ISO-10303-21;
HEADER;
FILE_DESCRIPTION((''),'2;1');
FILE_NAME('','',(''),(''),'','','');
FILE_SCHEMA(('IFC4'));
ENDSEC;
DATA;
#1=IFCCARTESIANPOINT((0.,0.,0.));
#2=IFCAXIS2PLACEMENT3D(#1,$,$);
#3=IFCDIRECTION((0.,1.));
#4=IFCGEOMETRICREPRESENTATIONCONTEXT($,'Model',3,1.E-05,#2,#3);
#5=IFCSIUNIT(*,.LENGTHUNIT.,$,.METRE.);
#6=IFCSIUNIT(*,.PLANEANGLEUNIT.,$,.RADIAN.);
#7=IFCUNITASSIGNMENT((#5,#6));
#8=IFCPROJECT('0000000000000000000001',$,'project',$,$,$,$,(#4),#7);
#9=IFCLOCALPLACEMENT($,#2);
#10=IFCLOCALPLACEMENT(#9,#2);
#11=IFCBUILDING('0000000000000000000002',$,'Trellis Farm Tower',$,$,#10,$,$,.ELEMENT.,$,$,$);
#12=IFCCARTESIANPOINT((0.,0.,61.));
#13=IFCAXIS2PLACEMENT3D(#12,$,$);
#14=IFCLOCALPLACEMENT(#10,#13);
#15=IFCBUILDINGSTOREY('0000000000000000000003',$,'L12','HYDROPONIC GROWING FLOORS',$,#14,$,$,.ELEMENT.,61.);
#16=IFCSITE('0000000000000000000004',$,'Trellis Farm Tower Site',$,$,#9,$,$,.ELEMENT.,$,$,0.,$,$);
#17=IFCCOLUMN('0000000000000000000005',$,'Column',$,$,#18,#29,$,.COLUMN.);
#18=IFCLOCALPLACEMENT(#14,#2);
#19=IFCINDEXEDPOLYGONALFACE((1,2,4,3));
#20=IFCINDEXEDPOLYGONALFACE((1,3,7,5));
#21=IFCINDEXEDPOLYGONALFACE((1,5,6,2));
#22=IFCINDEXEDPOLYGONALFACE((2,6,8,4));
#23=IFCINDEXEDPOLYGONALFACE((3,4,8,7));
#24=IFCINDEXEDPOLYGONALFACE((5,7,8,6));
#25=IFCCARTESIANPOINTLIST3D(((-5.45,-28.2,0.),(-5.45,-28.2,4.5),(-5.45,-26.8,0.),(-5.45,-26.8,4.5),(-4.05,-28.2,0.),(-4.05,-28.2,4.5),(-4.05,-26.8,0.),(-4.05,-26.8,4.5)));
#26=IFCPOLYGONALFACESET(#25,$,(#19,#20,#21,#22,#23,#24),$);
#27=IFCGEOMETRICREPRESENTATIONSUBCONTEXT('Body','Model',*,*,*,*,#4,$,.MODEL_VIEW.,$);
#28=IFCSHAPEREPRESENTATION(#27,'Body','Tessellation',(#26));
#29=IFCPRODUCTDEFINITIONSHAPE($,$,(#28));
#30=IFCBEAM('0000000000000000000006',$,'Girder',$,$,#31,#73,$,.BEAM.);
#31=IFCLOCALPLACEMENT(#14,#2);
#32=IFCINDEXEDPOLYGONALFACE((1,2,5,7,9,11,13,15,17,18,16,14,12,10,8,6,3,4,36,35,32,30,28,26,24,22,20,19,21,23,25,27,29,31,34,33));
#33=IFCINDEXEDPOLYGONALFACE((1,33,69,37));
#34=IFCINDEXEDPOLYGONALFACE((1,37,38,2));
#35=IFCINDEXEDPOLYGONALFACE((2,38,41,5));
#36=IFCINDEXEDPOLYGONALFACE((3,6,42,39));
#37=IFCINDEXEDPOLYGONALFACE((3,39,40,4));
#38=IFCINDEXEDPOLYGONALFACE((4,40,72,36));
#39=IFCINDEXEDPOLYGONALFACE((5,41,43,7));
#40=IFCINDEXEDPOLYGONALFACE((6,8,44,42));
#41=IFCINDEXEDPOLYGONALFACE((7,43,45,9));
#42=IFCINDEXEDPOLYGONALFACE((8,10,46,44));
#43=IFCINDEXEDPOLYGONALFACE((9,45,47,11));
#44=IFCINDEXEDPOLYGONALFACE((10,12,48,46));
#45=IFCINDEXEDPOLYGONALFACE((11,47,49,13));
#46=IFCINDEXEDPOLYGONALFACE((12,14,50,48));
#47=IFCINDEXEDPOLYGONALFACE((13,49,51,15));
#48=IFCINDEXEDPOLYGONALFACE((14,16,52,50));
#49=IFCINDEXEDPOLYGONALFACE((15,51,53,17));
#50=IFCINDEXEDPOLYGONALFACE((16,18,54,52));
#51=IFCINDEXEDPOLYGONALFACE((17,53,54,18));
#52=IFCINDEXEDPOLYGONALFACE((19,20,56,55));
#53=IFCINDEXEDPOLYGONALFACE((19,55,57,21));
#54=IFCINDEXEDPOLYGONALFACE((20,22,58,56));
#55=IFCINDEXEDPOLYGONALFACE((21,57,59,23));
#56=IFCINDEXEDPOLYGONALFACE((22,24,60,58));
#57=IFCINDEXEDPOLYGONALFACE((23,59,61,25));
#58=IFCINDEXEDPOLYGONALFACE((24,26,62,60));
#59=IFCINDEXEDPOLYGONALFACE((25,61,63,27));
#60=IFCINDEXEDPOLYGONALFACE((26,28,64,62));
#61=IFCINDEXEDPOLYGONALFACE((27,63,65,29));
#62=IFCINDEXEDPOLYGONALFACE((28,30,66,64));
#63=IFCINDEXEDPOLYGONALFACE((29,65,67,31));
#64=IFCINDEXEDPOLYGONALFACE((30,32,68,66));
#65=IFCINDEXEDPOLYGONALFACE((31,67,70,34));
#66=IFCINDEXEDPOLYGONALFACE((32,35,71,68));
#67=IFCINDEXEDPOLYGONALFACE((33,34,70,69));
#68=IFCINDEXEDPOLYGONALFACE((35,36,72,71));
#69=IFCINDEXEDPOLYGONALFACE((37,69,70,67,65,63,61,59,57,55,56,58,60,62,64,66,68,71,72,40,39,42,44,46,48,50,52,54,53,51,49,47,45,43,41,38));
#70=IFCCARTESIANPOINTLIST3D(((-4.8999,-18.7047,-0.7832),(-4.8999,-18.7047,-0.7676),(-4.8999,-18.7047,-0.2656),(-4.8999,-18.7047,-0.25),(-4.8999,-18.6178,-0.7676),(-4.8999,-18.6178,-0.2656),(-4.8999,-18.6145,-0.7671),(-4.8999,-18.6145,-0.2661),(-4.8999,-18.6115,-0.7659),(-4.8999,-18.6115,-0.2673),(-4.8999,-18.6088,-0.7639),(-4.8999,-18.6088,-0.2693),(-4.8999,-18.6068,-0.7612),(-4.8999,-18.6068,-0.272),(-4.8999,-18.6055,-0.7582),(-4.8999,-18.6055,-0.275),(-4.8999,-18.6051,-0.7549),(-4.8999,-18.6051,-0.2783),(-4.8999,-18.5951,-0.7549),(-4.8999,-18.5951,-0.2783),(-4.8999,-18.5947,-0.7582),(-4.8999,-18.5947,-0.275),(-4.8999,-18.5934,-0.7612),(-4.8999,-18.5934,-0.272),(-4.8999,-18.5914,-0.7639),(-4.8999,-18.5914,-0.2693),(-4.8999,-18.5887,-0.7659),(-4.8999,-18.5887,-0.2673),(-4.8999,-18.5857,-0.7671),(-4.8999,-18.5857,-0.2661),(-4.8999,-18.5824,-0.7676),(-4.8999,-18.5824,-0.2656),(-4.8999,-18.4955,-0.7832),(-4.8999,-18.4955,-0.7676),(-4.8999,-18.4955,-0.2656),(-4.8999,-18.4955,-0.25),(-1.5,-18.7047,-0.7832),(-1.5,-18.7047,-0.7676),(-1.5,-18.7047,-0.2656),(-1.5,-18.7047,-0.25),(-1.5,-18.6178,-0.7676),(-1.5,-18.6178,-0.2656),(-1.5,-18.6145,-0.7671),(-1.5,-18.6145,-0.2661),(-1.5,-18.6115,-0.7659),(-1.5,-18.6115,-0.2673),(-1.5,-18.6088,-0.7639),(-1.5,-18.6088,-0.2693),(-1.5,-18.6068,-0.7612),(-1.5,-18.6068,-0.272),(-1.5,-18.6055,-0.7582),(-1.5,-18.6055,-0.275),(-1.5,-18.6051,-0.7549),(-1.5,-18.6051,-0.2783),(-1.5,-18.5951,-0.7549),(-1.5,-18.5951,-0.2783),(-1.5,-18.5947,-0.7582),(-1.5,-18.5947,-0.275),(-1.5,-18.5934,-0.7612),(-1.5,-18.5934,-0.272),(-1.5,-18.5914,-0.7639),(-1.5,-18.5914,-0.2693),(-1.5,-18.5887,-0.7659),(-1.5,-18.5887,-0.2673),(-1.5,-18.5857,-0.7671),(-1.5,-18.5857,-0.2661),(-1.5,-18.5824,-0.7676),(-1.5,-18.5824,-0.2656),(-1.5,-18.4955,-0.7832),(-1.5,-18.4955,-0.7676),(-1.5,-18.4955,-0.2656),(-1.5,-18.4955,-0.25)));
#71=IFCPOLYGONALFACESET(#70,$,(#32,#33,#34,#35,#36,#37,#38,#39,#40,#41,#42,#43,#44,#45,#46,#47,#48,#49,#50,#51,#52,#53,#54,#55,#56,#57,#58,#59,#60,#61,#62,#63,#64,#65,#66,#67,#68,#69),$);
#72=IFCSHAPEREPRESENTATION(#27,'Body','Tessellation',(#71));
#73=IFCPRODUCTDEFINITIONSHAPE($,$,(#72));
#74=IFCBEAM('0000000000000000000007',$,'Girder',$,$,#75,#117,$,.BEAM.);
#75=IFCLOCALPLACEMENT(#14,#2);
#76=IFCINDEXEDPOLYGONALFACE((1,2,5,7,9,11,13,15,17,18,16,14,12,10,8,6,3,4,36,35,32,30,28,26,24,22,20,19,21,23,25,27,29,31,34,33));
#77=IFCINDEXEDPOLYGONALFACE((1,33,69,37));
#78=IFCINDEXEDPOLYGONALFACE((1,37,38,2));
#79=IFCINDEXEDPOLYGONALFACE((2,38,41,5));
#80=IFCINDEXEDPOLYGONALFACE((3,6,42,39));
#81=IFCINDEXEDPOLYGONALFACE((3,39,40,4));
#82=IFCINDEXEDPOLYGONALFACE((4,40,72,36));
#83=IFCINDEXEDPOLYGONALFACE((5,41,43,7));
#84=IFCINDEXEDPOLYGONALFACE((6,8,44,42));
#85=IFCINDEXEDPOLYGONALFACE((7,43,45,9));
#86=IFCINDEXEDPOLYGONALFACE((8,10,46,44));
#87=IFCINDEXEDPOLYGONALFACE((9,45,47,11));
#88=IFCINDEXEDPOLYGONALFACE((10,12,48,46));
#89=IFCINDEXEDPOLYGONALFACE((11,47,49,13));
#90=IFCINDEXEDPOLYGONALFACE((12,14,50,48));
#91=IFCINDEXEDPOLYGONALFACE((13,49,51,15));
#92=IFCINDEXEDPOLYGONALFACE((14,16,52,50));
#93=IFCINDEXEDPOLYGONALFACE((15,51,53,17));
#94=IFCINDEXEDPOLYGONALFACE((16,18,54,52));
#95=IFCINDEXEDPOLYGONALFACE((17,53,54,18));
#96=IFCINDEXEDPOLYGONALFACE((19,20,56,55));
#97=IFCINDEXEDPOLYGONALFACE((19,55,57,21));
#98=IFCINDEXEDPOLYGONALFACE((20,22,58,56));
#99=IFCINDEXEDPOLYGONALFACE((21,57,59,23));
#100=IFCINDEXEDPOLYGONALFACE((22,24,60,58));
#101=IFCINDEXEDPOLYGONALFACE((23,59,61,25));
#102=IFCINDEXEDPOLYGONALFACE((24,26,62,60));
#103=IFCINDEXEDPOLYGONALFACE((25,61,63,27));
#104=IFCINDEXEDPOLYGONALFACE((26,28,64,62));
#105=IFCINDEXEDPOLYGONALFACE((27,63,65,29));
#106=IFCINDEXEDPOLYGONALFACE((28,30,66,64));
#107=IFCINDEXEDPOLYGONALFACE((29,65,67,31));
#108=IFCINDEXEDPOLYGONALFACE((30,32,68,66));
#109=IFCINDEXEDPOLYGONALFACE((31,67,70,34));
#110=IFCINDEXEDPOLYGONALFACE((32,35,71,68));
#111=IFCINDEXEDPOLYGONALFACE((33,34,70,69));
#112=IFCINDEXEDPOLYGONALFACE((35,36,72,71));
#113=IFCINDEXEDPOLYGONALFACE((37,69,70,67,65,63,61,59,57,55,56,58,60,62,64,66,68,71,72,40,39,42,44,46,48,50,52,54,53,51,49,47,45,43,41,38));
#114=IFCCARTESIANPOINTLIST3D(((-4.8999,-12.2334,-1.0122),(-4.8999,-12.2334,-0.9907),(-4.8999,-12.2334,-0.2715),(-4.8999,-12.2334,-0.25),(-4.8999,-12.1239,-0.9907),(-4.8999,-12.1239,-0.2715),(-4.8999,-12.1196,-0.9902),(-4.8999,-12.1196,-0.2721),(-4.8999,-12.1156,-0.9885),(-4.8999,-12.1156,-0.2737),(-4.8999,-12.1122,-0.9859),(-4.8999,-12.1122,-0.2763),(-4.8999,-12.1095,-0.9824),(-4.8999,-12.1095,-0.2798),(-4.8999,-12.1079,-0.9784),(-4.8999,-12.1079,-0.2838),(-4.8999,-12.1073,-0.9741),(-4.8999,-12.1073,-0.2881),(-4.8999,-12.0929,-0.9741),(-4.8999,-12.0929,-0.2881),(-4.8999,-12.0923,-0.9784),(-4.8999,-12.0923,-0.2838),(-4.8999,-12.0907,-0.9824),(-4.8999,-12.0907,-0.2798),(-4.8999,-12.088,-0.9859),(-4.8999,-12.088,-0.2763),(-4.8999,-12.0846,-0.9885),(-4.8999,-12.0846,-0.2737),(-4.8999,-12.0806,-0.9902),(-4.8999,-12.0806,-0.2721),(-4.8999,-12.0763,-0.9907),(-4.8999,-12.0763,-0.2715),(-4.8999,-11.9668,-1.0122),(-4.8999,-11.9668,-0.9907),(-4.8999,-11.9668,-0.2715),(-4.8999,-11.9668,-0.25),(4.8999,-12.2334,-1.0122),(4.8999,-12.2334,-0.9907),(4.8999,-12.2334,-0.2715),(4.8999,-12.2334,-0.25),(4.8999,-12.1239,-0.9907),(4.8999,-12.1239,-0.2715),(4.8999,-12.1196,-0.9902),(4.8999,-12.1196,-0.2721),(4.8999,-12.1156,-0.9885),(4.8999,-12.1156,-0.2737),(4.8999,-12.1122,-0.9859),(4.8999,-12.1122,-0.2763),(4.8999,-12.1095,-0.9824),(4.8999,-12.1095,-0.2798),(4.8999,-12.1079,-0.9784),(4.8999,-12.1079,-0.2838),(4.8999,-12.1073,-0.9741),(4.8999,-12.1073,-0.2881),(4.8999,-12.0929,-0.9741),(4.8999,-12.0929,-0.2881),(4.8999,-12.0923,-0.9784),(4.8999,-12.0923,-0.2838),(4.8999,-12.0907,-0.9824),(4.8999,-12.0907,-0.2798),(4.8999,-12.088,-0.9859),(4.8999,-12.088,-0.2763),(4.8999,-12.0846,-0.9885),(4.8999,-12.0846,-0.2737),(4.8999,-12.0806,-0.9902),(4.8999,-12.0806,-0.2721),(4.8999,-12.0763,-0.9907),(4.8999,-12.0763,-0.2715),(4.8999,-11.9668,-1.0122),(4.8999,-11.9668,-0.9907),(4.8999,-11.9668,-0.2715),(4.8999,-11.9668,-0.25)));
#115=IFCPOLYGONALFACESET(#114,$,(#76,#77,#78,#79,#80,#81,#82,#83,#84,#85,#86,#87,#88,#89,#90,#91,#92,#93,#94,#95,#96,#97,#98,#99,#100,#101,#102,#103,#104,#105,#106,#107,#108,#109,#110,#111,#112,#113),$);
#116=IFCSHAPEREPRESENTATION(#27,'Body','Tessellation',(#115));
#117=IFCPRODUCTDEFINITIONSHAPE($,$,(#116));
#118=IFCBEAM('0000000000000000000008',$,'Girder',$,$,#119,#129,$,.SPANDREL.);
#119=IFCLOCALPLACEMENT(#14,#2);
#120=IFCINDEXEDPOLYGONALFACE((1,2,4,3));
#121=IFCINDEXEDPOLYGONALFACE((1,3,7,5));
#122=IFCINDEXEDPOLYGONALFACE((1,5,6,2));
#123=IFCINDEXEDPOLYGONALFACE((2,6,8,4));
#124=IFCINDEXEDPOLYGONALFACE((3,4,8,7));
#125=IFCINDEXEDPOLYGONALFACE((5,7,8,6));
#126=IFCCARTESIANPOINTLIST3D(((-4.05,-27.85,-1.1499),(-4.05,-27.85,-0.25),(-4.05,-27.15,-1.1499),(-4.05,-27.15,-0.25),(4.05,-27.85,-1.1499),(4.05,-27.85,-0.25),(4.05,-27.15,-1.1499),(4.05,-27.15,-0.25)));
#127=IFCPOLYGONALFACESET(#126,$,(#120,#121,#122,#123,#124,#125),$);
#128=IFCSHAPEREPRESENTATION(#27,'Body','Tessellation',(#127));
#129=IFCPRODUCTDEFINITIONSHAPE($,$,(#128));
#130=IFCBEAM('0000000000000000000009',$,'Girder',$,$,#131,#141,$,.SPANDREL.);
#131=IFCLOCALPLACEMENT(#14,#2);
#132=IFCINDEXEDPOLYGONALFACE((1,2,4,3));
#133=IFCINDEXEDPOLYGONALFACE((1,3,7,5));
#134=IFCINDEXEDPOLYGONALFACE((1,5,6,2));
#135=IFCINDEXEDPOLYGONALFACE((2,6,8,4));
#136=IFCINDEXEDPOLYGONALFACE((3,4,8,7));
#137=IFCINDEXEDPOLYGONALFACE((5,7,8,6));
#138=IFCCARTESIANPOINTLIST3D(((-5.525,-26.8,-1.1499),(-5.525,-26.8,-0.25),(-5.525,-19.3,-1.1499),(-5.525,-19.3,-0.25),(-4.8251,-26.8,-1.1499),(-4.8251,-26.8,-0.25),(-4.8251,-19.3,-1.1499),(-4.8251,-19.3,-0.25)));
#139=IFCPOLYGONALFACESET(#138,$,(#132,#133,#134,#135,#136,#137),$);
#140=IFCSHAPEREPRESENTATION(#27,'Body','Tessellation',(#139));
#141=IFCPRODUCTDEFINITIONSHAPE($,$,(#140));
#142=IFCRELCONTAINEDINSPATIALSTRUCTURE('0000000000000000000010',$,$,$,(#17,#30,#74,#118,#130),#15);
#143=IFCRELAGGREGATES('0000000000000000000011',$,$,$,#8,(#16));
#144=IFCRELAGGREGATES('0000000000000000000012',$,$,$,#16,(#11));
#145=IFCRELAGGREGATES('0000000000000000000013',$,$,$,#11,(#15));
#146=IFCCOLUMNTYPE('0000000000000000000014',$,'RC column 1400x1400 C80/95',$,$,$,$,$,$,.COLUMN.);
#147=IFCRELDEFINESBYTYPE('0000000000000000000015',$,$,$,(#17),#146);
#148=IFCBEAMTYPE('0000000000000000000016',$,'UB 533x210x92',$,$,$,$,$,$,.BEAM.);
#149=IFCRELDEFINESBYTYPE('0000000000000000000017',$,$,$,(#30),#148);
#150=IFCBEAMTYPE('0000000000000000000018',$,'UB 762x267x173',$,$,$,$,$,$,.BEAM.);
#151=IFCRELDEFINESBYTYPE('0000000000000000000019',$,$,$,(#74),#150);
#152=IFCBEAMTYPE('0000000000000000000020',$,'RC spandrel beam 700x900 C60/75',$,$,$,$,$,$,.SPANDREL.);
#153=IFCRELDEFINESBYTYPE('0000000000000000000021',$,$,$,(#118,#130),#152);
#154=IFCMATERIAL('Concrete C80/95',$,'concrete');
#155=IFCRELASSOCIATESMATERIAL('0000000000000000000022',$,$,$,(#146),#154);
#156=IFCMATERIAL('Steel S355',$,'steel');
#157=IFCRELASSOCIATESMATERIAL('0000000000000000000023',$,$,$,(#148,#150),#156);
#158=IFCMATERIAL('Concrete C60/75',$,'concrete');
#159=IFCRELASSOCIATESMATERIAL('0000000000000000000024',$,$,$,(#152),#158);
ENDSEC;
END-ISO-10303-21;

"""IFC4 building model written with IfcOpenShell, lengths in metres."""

from ifc_helpers import new_model, si_unit, direction, frame, origin, origin_2d, place, context, subcontext, project, spatial, rectangle, i_section, extrude, source, transform, mapped, material, material_profile, profile_set, type_object, element, save


model = new_model("IFC4")

# Units and contexts
model_context = context("Model", 3, precision=1e-05, world=origin(), true_north=direction((0.0, 1.0)))
body_context = subcontext(model_context, "Body", "Model", "MODEL_VIEW")
ifc_project = project(units=[si_unit("LENGTHUNIT", "METRE"), si_unit("PLANEANGLEUNIT", "RADIAN")], contexts=[model_context])

# Site, building, storey
site_placement = place(None, origin())
site = spatial("IfcSite", under=ifc_project, at=site_placement, Name="Trellis Farm Tower Site", CompositionType="ELEMENT", RefElevation=0.0)
building_placement = place(site_placement, origin())
building = spatial("IfcBuilding", under=site, at=building_placement, Name="Trellis Farm Tower", CompositionType="ELEMENT")
storey_placement = place(building_placement, frame((0.0, 0.0, 61.0)))
storey = spatial("IfcBuildingStorey", under=building, at=storey_placement, Name="L12", Description="HYDROPONIC GROWING FLOORS", CompositionType="ELEMENT", Elevation=61.0)

# Column
ifc_material_1 = material(Name="Concrete C80/95", Category="concrete")
ifc_material_profile_1 = material_profile(ifc_material_1, rectangle(XDim=1.3999, YDim=1.3999, at=origin_2d()), Name="RC column 1400x1400 C80/95")
ifc_profile_set_1 = profile_set([ifc_material_profile_1], Name="Concrete C80/95")
column_type = type_object("IfcColumnType", Name="RC column 1400x1400 C80/95", PredefinedType="COLUMN", material=ifc_profile_set_1)
shared_shape_1 = source(origin(), body_context, "Body", "SweptSolid", [
    extrude(rectangle(XDim=1.3999, YDim=1.3999, at=origin_2d()), origin(), (0.0, 0.0, 1.0), 4.5),
])
column_placement = place(storey_placement, frame((-4.75, -27.5, 0.0), z_axis=(0.0, 0.0, 1.0), x_axis=(1.0, 0.0, 0.0)))
element("IfcColumn", 1, at=column_placement, inside=storey, type_object=column_type, Name="Column", PredefinedType="COLUMN", context=body_context, shape_type="MappedRepresentation", body=[
    mapped(shared_shape_1, transform((0.0, 0.0, 0.0))),
])

# Beams
ifc_material_2 = material(Name="Steel S355", Category="steel")
ifc_material_profile_2 = material_profile(ifc_material_2, i_section(OverallWidth=0.2092, OverallDepth=0.5332, WebThickness=0.01, FlangeThickness=0.0156, FilletRadius=0.0127, at=origin_2d()), Name="UB 533x210x92")
ifc_profile_set_2 = profile_set([ifc_material_profile_2], Name="Steel S355")
beam_type_1 = type_object("IfcBeamType", Name="UB 533x210x92", PredefinedType="BEAM", material=ifc_profile_set_2)
shared_shape_2 = source(origin(), body_context, "Body", "SweptSolid", [
    extrude(i_section(OverallWidth=0.2092, OverallDepth=0.5332, WebThickness=0.01, FlangeThickness=0.0156, FilletRadius=0.0127, at=origin_2d()), origin(), (0.0, 0.0, 1.0), 3.3999),
])
beam_1_placement = place(storey_placement, frame((-4.8999, -18.6001, -0.5166), z_axis=(1.0, 0.0, 0.0), x_axis=(0.0, 1.0, 0.0)))
element("IfcBeam", 2, at=beam_1_placement, inside=storey, type_object=beam_type_1, Name="Girder", PredefinedType="BEAM", context=body_context, shape_type="MappedRepresentation", body=[
    mapped(shared_shape_2, transform((0.0, 0.0, 0.0))),
])
ifc_material_profile_3 = material_profile(ifc_material_2, i_section(OverallWidth=0.2666, OverallDepth=0.7622, WebThickness=0.0144, FlangeThickness=0.0215, FilletRadius=0.0166, at=origin_2d()), Name="UB 762x267x173")
ifc_profile_set_3 = profile_set([ifc_material_profile_3], Name="Steel S355")
beam_type_2 = type_object("IfcBeamType", Name="UB 762x267x173", PredefinedType="BEAM", material=ifc_profile_set_3)
shared_shape_3 = source(origin(), body_context, "Body", "SweptSolid", [
    extrude(i_section(OverallWidth=0.2666, OverallDepth=0.7622, WebThickness=0.0144, FlangeThickness=0.0215, FilletRadius=0.0166, at=origin_2d()), origin(), (0.0, 0.0, 1.0), 9.7998),
])
beam_2_placement = place(storey_placement, frame((-4.8999, -12.1001, -0.6311), z_axis=(1.0, 0.0, 0.0), x_axis=(0.0, 1.0, 0.0)))
element("IfcBeam", 3, at=beam_2_placement, inside=storey, type_object=beam_type_2, Name="Girder", PredefinedType="BEAM", context=body_context, shape_type="MappedRepresentation", body=[
    mapped(shared_shape_3, transform((0.0, 0.0, 0.0))),
])
ifc_material_3 = material(Name="Concrete C60/75", Category="concrete")
ifc_material_profile_4 = material_profile(ifc_material_3, rectangle(XDim=0.7, YDim=0.8999, at=origin_2d()), Name="RC spandrel beam 700x900 C60/75")
ifc_profile_set_4 = profile_set([ifc_material_profile_4], Name="Concrete C60/75")
beam_type_3 = type_object("IfcBeamType", Name="RC spandrel beam 700x900 C60/75", PredefinedType="SPANDREL", material=ifc_profile_set_4)
shared_shape_4 = source(origin(), body_context, "Body", "SweptSolid", [
    extrude(rectangle(XDim=0.7, YDim=0.8999, at=origin_2d()), origin(), (0.0, 0.0, 1.0), 8.1001),
])
beam_3_placement = place(storey_placement, frame((-4.05, -27.5, -0.7), z_axis=(1.0, 0.0, 0.0), x_axis=(0.0, 1.0, 0.0)))
element("IfcBeam", 4, at=beam_3_placement, inside=storey, type_object=beam_type_3, Name="Girder", PredefinedType="SPANDREL", context=body_context, shape_type="MappedRepresentation", body=[
    mapped(shared_shape_4, transform((0.0, 0.0, 0.0))),
])
shared_shape_5 = source(origin(), body_context, "Body", "SweptSolid", [
    extrude(rectangle(XDim=0.7, YDim=0.8999, at=origin_2d()), origin(), (0.0, 0.0, 1.0), 7.5),
])
beam_4_placement = place(storey_placement, frame((-5.175, -26.8, -0.7), z_axis=(0.0, 1.0, 0.0), x_axis=(-1.0, 0.0, 0.0)))
element("IfcBeam", 5, at=beam_4_placement, inside=storey, type_object=beam_type_3, Name="Girder", PredefinedType="SPANDREL", context=body_context, shape_type="MappedRepresentation", body=[
    mapped(shared_shape_5, transform((0.0, 0.0, 0.0))),
])

save(model, "model.ifc")
